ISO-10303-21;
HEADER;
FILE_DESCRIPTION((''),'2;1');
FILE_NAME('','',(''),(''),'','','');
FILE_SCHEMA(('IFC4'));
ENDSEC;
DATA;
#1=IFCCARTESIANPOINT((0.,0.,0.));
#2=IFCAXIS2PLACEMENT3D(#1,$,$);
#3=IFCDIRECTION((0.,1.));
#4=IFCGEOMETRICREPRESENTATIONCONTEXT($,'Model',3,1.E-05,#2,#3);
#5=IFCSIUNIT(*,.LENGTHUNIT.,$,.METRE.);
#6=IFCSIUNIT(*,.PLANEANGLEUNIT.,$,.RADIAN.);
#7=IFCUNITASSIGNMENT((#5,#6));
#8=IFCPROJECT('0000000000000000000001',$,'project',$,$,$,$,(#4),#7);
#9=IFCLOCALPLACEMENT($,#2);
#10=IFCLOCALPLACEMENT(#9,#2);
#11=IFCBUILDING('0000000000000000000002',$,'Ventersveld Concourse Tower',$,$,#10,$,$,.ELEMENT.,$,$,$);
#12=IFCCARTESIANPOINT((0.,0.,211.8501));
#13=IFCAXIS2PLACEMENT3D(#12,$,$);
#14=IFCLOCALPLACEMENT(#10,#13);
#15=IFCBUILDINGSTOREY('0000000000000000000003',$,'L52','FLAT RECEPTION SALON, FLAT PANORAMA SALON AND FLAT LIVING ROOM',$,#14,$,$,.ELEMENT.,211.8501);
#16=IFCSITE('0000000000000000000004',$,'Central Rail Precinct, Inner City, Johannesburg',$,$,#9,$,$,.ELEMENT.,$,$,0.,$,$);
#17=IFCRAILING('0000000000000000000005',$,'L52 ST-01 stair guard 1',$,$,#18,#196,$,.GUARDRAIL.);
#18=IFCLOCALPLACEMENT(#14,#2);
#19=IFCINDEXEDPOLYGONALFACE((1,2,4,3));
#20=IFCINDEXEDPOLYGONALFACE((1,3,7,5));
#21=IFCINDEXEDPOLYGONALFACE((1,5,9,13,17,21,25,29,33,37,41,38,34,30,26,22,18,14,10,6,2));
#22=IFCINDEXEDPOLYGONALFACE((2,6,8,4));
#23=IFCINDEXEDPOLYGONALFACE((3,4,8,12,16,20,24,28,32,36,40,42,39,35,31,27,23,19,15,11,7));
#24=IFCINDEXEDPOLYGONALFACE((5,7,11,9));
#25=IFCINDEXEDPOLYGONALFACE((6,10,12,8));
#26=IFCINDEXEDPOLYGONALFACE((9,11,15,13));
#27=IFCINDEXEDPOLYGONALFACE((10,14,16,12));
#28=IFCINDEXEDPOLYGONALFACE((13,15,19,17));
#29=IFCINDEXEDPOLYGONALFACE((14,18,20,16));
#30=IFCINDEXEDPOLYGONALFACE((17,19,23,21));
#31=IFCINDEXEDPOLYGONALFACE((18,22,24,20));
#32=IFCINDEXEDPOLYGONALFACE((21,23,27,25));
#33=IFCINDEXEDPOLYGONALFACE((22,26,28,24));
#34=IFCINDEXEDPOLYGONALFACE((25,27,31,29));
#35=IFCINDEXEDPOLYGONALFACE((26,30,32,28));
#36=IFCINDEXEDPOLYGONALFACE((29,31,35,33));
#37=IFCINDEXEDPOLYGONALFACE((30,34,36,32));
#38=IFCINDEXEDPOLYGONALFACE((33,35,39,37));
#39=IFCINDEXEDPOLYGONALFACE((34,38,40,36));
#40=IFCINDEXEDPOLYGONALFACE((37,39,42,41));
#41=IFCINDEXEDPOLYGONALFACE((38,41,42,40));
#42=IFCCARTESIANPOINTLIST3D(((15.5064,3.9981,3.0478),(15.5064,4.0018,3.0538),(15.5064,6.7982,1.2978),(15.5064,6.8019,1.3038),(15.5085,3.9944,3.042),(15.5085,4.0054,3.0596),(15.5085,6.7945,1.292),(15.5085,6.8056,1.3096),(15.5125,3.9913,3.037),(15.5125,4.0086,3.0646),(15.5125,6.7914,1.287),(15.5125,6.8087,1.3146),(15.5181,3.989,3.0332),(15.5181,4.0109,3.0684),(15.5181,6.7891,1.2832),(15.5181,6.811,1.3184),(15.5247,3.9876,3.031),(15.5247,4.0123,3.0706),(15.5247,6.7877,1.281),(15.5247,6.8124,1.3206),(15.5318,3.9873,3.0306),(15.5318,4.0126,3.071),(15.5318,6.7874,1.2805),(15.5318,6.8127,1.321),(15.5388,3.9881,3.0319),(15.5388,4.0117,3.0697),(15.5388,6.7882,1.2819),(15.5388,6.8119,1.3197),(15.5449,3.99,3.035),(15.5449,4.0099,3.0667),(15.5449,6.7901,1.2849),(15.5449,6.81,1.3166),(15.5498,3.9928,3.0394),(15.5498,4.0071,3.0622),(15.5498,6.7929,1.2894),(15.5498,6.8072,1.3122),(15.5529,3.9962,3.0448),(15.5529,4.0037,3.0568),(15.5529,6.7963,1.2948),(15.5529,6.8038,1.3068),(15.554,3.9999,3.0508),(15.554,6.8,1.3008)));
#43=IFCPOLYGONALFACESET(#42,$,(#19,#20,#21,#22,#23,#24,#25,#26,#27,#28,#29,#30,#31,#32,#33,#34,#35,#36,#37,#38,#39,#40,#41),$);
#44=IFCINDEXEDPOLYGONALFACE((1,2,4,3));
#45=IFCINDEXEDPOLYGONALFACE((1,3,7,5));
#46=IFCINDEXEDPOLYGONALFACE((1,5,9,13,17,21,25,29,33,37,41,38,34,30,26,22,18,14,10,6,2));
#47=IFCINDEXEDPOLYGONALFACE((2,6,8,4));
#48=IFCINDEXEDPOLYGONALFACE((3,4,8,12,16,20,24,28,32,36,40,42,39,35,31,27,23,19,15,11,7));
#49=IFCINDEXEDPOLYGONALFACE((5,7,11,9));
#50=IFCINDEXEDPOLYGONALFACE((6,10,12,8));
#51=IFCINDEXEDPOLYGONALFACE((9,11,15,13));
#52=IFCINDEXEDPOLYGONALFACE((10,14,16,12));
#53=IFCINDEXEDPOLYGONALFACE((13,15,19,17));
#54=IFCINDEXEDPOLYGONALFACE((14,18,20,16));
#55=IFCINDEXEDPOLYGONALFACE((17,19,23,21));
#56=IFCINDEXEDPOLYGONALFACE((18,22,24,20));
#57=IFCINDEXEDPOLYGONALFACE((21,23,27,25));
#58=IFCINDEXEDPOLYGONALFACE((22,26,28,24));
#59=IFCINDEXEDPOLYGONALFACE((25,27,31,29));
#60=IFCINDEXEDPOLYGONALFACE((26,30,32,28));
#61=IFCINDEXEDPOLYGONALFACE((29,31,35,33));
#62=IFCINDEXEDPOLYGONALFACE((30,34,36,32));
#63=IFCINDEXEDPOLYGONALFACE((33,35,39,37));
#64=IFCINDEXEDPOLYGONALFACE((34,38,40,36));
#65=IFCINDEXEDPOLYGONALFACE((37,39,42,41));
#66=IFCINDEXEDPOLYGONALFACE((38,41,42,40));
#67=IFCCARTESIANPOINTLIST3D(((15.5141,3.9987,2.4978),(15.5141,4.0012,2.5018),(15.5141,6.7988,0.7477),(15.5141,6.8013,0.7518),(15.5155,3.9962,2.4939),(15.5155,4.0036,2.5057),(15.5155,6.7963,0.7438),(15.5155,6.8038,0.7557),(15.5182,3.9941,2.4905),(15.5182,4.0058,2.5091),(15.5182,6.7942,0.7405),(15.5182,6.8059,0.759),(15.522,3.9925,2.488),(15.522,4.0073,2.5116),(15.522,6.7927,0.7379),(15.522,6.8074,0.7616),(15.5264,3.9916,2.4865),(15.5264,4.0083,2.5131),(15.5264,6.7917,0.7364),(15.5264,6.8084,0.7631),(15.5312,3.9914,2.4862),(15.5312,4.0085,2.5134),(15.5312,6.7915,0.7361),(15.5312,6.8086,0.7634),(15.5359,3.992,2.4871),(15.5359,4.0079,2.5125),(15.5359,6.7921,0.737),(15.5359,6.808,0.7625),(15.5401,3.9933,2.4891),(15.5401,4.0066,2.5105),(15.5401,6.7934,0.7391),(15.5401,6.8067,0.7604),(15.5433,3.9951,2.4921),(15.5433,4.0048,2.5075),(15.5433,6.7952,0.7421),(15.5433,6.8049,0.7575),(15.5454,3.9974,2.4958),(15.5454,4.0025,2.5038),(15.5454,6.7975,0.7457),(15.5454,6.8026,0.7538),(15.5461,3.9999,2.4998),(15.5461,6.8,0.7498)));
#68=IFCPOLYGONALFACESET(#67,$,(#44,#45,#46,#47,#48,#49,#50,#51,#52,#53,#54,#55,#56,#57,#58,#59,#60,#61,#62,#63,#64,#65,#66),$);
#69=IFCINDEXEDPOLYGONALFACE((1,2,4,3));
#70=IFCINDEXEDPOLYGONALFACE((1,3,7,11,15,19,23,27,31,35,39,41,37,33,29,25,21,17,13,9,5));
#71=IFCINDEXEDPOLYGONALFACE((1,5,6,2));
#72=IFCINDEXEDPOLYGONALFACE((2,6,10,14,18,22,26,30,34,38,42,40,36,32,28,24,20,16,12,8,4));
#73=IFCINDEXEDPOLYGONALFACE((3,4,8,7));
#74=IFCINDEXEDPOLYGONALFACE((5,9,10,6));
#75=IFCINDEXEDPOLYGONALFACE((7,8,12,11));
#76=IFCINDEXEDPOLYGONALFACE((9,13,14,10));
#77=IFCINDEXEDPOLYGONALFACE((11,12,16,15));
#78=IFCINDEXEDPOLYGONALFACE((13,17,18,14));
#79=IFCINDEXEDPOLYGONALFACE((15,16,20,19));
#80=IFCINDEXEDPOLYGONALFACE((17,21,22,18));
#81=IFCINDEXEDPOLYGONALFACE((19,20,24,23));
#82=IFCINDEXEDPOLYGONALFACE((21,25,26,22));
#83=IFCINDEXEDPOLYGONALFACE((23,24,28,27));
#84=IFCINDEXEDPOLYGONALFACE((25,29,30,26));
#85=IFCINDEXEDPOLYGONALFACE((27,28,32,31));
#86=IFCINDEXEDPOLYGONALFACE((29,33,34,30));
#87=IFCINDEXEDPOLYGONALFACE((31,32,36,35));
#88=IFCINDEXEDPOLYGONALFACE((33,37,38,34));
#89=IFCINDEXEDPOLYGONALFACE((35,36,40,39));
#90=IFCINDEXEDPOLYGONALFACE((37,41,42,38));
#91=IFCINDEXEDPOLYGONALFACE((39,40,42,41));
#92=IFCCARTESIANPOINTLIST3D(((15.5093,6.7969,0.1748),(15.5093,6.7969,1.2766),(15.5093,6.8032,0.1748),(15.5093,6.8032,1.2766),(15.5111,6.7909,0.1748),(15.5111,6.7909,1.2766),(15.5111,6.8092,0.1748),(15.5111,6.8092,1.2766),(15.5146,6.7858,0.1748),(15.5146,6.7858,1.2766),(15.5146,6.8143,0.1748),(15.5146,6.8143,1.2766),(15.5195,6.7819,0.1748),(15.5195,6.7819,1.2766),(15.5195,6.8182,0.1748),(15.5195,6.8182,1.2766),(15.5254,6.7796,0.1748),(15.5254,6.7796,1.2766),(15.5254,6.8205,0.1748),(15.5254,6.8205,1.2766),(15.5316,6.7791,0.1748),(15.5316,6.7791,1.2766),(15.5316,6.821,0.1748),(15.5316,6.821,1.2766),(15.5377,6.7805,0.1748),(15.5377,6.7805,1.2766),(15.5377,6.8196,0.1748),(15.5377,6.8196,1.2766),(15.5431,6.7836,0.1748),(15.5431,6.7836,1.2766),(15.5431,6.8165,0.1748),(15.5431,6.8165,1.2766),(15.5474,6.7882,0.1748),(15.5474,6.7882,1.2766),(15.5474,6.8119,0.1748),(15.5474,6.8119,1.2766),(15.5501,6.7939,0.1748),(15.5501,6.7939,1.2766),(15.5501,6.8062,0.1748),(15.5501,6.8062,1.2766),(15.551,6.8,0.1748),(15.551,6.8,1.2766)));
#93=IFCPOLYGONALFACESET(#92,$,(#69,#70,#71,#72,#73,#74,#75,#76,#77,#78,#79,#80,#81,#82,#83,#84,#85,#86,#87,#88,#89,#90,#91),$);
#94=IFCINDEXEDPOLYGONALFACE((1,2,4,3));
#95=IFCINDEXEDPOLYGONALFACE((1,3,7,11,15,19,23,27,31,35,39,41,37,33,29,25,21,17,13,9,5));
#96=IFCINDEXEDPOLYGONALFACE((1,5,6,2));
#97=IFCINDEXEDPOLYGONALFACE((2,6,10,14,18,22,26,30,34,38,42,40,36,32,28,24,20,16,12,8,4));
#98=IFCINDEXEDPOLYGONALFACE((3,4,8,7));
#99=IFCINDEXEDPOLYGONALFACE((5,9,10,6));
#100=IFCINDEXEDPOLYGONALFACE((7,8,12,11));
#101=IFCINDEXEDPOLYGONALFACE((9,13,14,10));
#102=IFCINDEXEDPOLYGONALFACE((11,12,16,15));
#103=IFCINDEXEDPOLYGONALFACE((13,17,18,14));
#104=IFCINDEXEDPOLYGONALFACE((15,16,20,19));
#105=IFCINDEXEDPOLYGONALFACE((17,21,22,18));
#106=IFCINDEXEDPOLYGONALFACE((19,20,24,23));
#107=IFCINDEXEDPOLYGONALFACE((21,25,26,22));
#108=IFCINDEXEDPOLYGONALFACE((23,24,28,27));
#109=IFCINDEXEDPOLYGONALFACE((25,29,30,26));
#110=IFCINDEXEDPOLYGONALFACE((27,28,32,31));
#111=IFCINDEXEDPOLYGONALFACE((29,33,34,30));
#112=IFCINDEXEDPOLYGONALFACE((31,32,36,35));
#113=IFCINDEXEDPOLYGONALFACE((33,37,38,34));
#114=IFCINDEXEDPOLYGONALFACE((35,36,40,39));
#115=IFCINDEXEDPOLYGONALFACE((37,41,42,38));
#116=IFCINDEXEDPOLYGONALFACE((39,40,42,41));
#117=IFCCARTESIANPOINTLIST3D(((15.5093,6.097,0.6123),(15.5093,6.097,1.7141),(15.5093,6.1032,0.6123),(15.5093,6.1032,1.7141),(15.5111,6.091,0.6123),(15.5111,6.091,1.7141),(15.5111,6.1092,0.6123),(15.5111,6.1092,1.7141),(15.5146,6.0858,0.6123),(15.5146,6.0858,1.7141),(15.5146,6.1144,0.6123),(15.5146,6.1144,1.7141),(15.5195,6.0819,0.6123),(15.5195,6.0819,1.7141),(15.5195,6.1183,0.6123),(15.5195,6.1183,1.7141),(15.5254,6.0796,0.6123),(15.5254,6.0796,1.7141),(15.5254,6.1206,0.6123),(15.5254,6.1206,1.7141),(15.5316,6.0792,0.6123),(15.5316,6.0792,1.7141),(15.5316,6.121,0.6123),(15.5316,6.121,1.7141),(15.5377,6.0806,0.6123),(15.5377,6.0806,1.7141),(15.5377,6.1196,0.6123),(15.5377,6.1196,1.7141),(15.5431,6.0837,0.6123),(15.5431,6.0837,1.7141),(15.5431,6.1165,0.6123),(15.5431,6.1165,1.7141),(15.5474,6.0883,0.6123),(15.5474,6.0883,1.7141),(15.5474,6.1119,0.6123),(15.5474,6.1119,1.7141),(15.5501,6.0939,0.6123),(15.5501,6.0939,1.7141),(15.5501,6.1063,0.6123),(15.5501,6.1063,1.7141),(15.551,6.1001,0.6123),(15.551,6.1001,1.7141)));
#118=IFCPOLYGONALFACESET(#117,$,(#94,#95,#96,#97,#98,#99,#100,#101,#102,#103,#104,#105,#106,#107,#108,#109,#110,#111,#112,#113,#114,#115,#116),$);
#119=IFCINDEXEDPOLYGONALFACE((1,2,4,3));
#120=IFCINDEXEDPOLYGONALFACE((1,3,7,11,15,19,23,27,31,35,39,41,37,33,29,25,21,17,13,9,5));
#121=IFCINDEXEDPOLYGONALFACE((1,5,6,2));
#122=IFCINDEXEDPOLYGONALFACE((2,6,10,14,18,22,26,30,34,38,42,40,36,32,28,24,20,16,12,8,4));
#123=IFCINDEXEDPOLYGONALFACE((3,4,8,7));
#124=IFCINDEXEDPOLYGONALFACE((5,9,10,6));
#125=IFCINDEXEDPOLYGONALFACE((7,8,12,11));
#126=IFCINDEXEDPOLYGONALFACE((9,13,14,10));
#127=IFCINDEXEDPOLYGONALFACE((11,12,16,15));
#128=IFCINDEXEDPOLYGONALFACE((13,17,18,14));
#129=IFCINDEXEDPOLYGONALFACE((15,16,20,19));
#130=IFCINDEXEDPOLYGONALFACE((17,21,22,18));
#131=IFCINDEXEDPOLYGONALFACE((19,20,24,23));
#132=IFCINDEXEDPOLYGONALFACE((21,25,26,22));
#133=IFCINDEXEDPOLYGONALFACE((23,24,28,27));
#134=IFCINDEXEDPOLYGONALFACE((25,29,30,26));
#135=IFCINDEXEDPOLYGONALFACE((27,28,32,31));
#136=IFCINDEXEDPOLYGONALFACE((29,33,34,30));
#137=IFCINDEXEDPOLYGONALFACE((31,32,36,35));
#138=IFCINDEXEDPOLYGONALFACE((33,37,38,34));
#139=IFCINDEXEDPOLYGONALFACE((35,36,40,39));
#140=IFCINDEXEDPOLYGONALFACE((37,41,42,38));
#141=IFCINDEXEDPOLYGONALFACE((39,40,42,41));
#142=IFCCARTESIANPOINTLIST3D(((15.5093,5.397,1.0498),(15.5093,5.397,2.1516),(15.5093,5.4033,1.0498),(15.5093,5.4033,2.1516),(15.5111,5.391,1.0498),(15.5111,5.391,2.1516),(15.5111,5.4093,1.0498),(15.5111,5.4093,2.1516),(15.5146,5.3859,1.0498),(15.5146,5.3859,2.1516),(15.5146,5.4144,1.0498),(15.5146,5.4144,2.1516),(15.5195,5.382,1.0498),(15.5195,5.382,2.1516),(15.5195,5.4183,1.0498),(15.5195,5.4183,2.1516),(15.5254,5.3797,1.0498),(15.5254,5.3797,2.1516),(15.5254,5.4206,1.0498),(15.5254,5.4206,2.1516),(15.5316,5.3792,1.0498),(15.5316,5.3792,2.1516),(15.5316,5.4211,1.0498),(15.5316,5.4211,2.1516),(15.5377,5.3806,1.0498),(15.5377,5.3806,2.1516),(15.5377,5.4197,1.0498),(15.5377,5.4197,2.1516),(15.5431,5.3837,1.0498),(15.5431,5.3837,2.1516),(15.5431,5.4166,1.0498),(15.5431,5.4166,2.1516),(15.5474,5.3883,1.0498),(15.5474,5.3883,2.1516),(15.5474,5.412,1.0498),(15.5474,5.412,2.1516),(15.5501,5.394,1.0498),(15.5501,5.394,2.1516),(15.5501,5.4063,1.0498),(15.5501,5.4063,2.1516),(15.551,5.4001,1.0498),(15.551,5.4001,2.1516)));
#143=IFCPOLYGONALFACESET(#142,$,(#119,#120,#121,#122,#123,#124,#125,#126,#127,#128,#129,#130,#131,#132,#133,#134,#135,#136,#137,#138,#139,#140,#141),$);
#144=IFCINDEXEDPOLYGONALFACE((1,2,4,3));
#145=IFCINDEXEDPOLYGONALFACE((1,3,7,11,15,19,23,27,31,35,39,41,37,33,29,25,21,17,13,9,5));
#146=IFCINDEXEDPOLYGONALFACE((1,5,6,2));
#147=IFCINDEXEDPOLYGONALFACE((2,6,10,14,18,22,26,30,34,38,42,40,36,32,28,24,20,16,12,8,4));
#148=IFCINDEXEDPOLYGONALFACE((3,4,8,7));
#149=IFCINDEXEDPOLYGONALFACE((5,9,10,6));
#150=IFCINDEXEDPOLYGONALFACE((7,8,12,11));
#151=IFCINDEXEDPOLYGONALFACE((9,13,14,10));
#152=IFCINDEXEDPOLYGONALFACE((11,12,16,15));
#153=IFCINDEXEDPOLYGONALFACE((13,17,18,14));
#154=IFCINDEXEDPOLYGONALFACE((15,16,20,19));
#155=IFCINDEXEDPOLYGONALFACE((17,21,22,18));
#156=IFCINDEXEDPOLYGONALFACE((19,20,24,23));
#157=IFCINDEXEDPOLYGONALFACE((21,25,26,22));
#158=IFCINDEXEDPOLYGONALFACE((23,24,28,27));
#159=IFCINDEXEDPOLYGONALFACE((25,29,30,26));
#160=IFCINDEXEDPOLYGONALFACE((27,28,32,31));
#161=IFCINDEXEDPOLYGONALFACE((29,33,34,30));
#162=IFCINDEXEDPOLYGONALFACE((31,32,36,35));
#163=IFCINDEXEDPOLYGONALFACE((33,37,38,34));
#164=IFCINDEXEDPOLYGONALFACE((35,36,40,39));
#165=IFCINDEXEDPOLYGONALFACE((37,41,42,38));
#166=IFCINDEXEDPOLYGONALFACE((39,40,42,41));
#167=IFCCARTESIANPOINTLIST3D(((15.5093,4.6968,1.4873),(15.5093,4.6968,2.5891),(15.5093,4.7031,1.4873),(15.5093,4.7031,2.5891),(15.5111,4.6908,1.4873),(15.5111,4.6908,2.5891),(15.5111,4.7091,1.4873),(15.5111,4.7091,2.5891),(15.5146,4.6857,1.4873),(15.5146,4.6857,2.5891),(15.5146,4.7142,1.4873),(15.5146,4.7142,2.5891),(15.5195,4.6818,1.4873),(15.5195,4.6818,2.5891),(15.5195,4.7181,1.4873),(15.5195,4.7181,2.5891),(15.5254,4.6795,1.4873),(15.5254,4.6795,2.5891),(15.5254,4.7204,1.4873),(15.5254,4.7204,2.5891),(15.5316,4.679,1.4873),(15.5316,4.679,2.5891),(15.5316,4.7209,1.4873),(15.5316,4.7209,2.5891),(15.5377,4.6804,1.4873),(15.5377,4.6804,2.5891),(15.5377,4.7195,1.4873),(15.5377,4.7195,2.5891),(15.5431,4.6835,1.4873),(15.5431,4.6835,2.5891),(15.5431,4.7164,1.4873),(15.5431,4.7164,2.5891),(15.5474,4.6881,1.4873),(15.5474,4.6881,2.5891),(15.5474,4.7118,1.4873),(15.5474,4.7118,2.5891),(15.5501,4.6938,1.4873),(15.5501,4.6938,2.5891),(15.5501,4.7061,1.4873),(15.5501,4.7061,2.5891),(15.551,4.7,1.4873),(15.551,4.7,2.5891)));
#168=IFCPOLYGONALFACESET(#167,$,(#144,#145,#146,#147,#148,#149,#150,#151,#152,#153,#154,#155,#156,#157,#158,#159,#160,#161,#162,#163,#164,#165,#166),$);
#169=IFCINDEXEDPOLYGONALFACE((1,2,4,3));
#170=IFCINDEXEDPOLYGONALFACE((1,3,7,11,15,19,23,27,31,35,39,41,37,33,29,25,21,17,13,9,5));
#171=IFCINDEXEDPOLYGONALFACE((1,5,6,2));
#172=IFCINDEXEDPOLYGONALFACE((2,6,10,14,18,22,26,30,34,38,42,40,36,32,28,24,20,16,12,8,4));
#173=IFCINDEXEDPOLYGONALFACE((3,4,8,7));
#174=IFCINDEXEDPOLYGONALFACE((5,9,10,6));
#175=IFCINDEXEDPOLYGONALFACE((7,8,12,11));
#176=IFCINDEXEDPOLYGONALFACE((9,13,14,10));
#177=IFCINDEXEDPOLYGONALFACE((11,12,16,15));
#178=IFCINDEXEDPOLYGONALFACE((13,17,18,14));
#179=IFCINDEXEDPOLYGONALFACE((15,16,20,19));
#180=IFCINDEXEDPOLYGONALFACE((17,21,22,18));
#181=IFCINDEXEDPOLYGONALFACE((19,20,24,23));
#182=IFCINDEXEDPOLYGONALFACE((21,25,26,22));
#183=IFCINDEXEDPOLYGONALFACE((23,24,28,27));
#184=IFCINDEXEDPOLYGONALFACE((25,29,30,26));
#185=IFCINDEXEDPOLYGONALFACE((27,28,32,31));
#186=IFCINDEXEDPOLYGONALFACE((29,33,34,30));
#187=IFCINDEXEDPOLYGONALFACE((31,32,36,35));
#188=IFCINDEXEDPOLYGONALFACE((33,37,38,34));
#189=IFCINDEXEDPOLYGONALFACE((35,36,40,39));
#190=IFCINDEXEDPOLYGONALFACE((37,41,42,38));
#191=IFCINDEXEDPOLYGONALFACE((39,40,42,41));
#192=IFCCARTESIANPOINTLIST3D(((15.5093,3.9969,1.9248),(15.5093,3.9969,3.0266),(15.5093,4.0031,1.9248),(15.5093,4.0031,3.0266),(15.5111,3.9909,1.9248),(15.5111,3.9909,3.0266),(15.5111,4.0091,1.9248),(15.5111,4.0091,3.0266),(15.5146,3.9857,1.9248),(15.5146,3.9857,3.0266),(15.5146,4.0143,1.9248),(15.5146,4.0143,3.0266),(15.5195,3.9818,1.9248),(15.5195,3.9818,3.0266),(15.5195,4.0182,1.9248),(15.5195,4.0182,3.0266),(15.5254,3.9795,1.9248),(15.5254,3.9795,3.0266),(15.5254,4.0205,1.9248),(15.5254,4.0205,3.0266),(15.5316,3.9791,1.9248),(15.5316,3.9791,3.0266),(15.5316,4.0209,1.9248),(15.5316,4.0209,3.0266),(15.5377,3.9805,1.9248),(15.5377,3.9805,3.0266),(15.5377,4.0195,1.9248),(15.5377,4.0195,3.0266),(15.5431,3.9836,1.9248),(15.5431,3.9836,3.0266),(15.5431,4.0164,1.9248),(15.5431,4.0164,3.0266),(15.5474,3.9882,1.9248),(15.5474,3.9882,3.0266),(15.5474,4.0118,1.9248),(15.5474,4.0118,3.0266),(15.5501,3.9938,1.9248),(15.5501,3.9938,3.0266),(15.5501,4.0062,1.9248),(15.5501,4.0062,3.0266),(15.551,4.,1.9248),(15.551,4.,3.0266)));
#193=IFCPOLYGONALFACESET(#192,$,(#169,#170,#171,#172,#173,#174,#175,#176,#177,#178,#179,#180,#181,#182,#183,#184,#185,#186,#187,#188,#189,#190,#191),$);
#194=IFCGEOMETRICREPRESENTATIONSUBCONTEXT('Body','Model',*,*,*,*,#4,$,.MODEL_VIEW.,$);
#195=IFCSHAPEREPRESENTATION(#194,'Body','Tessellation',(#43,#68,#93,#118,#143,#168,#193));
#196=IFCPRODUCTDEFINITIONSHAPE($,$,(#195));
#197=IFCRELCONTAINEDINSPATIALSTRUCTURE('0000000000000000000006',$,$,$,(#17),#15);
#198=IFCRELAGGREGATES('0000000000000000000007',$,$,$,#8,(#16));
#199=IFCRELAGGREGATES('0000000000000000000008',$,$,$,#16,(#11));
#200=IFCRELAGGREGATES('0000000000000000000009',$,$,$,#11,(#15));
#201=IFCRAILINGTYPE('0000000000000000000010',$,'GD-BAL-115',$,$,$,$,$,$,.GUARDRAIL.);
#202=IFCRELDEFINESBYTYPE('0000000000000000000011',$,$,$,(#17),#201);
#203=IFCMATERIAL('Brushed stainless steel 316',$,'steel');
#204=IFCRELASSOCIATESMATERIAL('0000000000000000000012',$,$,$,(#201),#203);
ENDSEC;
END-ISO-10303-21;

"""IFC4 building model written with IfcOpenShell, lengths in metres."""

from ifc_helpers import new_model, si_unit, direction, frame, origin, origin_2d, place, context, subcontext, project, spatial, circle, extrude, material, type_object, element, save


model = new_model("IFC4")

# Units and contexts
model_context = context("Model", 3, precision=1e-05, world=origin(), true_north=direction((0.0, 1.0)))
body_context = subcontext(model_context, "Body", "Model", "MODEL_VIEW")
ifc_project = project(units=[si_unit("LENGTHUNIT", "METRE"), si_unit("PLANEANGLEUNIT", "RADIAN")], contexts=[model_context])

# Site, building, storey
site_placement = place(None, origin())
site = spatial("IfcSite", under=ifc_project, at=site_placement, Name="Central Rail Precinct, Inner City, Johannesburg", CompositionType="ELEMENT", RefElevation=0.0)
building_placement = place(site_placement, origin())
building = spatial("IfcBuilding", under=site, at=building_placement, Name="Ventersveld Concourse Tower", CompositionType="ELEMENT")
storey_placement = place(building_placement, frame((0.0, 0.0, 211.8501)))
storey = spatial("IfcBuildingStorey", under=building, at=storey_placement, Name="L52", Description="FLAT RECEPTION SALON, FLAT PANORAMA SALON AND FLAT LIVING ROOM", CompositionType="ELEMENT", Elevation=211.8501)

# Shared definitions
ifc_material_1 = material(Name="Brushed stainless steel 316", Category="steel")

# Railing
railing_type_1 = type_object("IfcRailingType", Name="GD-BAL-115", PredefinedType="GUARDRAIL", material=ifc_material_1)
railing_1_placement = place(storey_placement, frame((15.53, 6.8, 0.1748)))
element("IfcRailing", 1, at=railing_1_placement, inside=storey, type_object=railing_type_1, Name="L52 ST-01 stair guard 1", PredefinedType="GUARDRAIL", context=body_context, shape_type="SweptSolid", body=[
    extrude(circle(Radius=0.0239, at=origin_2d()), frame((0.0, 0.0, 1.126), z_axis=(0.0, -0.848002, 0.529992), x_axis=(1.0, 0.0, 0.0)), (0.0, 0.0, 1.0), 3.302),
    extrude(circle(Radius=0.0161, at=origin_2d()), frame((0.0, 0.0, 0.575), z_axis=(0.0, -0.848002, 0.529992), x_axis=(1.0, 0.0, 0.0)), (0.0, 0.0, 1.0), 3.302),
    extrude(circle(Radius=0.021, at=origin_2d()), origin(), (0.0, 0.0, 1.0), 1.1018),
    extrude(circle(Radius=0.021, at=origin_2d()), frame((0.0, -0.7, 0.4375)), (0.0, 0.0, 1.0), 1.1018),
    extrude(circle(Radius=0.021, at=origin_2d()), frame((0.0, -1.3999, 0.875)), (0.0, 0.0, 1.0), 1.1018),
    extrude(circle(Radius=0.021, at=origin_2d()), frame((0.0, -2.1001, 1.3125)), (0.0, 0.0, 1.0), 1.1018),
    extrude(circle(Radius=0.021, at=origin_2d()), frame((0.0, -2.8, 1.75)), (0.0, 0.0, 1.0), 1.1018),
])

save(model, "model.ifc")
